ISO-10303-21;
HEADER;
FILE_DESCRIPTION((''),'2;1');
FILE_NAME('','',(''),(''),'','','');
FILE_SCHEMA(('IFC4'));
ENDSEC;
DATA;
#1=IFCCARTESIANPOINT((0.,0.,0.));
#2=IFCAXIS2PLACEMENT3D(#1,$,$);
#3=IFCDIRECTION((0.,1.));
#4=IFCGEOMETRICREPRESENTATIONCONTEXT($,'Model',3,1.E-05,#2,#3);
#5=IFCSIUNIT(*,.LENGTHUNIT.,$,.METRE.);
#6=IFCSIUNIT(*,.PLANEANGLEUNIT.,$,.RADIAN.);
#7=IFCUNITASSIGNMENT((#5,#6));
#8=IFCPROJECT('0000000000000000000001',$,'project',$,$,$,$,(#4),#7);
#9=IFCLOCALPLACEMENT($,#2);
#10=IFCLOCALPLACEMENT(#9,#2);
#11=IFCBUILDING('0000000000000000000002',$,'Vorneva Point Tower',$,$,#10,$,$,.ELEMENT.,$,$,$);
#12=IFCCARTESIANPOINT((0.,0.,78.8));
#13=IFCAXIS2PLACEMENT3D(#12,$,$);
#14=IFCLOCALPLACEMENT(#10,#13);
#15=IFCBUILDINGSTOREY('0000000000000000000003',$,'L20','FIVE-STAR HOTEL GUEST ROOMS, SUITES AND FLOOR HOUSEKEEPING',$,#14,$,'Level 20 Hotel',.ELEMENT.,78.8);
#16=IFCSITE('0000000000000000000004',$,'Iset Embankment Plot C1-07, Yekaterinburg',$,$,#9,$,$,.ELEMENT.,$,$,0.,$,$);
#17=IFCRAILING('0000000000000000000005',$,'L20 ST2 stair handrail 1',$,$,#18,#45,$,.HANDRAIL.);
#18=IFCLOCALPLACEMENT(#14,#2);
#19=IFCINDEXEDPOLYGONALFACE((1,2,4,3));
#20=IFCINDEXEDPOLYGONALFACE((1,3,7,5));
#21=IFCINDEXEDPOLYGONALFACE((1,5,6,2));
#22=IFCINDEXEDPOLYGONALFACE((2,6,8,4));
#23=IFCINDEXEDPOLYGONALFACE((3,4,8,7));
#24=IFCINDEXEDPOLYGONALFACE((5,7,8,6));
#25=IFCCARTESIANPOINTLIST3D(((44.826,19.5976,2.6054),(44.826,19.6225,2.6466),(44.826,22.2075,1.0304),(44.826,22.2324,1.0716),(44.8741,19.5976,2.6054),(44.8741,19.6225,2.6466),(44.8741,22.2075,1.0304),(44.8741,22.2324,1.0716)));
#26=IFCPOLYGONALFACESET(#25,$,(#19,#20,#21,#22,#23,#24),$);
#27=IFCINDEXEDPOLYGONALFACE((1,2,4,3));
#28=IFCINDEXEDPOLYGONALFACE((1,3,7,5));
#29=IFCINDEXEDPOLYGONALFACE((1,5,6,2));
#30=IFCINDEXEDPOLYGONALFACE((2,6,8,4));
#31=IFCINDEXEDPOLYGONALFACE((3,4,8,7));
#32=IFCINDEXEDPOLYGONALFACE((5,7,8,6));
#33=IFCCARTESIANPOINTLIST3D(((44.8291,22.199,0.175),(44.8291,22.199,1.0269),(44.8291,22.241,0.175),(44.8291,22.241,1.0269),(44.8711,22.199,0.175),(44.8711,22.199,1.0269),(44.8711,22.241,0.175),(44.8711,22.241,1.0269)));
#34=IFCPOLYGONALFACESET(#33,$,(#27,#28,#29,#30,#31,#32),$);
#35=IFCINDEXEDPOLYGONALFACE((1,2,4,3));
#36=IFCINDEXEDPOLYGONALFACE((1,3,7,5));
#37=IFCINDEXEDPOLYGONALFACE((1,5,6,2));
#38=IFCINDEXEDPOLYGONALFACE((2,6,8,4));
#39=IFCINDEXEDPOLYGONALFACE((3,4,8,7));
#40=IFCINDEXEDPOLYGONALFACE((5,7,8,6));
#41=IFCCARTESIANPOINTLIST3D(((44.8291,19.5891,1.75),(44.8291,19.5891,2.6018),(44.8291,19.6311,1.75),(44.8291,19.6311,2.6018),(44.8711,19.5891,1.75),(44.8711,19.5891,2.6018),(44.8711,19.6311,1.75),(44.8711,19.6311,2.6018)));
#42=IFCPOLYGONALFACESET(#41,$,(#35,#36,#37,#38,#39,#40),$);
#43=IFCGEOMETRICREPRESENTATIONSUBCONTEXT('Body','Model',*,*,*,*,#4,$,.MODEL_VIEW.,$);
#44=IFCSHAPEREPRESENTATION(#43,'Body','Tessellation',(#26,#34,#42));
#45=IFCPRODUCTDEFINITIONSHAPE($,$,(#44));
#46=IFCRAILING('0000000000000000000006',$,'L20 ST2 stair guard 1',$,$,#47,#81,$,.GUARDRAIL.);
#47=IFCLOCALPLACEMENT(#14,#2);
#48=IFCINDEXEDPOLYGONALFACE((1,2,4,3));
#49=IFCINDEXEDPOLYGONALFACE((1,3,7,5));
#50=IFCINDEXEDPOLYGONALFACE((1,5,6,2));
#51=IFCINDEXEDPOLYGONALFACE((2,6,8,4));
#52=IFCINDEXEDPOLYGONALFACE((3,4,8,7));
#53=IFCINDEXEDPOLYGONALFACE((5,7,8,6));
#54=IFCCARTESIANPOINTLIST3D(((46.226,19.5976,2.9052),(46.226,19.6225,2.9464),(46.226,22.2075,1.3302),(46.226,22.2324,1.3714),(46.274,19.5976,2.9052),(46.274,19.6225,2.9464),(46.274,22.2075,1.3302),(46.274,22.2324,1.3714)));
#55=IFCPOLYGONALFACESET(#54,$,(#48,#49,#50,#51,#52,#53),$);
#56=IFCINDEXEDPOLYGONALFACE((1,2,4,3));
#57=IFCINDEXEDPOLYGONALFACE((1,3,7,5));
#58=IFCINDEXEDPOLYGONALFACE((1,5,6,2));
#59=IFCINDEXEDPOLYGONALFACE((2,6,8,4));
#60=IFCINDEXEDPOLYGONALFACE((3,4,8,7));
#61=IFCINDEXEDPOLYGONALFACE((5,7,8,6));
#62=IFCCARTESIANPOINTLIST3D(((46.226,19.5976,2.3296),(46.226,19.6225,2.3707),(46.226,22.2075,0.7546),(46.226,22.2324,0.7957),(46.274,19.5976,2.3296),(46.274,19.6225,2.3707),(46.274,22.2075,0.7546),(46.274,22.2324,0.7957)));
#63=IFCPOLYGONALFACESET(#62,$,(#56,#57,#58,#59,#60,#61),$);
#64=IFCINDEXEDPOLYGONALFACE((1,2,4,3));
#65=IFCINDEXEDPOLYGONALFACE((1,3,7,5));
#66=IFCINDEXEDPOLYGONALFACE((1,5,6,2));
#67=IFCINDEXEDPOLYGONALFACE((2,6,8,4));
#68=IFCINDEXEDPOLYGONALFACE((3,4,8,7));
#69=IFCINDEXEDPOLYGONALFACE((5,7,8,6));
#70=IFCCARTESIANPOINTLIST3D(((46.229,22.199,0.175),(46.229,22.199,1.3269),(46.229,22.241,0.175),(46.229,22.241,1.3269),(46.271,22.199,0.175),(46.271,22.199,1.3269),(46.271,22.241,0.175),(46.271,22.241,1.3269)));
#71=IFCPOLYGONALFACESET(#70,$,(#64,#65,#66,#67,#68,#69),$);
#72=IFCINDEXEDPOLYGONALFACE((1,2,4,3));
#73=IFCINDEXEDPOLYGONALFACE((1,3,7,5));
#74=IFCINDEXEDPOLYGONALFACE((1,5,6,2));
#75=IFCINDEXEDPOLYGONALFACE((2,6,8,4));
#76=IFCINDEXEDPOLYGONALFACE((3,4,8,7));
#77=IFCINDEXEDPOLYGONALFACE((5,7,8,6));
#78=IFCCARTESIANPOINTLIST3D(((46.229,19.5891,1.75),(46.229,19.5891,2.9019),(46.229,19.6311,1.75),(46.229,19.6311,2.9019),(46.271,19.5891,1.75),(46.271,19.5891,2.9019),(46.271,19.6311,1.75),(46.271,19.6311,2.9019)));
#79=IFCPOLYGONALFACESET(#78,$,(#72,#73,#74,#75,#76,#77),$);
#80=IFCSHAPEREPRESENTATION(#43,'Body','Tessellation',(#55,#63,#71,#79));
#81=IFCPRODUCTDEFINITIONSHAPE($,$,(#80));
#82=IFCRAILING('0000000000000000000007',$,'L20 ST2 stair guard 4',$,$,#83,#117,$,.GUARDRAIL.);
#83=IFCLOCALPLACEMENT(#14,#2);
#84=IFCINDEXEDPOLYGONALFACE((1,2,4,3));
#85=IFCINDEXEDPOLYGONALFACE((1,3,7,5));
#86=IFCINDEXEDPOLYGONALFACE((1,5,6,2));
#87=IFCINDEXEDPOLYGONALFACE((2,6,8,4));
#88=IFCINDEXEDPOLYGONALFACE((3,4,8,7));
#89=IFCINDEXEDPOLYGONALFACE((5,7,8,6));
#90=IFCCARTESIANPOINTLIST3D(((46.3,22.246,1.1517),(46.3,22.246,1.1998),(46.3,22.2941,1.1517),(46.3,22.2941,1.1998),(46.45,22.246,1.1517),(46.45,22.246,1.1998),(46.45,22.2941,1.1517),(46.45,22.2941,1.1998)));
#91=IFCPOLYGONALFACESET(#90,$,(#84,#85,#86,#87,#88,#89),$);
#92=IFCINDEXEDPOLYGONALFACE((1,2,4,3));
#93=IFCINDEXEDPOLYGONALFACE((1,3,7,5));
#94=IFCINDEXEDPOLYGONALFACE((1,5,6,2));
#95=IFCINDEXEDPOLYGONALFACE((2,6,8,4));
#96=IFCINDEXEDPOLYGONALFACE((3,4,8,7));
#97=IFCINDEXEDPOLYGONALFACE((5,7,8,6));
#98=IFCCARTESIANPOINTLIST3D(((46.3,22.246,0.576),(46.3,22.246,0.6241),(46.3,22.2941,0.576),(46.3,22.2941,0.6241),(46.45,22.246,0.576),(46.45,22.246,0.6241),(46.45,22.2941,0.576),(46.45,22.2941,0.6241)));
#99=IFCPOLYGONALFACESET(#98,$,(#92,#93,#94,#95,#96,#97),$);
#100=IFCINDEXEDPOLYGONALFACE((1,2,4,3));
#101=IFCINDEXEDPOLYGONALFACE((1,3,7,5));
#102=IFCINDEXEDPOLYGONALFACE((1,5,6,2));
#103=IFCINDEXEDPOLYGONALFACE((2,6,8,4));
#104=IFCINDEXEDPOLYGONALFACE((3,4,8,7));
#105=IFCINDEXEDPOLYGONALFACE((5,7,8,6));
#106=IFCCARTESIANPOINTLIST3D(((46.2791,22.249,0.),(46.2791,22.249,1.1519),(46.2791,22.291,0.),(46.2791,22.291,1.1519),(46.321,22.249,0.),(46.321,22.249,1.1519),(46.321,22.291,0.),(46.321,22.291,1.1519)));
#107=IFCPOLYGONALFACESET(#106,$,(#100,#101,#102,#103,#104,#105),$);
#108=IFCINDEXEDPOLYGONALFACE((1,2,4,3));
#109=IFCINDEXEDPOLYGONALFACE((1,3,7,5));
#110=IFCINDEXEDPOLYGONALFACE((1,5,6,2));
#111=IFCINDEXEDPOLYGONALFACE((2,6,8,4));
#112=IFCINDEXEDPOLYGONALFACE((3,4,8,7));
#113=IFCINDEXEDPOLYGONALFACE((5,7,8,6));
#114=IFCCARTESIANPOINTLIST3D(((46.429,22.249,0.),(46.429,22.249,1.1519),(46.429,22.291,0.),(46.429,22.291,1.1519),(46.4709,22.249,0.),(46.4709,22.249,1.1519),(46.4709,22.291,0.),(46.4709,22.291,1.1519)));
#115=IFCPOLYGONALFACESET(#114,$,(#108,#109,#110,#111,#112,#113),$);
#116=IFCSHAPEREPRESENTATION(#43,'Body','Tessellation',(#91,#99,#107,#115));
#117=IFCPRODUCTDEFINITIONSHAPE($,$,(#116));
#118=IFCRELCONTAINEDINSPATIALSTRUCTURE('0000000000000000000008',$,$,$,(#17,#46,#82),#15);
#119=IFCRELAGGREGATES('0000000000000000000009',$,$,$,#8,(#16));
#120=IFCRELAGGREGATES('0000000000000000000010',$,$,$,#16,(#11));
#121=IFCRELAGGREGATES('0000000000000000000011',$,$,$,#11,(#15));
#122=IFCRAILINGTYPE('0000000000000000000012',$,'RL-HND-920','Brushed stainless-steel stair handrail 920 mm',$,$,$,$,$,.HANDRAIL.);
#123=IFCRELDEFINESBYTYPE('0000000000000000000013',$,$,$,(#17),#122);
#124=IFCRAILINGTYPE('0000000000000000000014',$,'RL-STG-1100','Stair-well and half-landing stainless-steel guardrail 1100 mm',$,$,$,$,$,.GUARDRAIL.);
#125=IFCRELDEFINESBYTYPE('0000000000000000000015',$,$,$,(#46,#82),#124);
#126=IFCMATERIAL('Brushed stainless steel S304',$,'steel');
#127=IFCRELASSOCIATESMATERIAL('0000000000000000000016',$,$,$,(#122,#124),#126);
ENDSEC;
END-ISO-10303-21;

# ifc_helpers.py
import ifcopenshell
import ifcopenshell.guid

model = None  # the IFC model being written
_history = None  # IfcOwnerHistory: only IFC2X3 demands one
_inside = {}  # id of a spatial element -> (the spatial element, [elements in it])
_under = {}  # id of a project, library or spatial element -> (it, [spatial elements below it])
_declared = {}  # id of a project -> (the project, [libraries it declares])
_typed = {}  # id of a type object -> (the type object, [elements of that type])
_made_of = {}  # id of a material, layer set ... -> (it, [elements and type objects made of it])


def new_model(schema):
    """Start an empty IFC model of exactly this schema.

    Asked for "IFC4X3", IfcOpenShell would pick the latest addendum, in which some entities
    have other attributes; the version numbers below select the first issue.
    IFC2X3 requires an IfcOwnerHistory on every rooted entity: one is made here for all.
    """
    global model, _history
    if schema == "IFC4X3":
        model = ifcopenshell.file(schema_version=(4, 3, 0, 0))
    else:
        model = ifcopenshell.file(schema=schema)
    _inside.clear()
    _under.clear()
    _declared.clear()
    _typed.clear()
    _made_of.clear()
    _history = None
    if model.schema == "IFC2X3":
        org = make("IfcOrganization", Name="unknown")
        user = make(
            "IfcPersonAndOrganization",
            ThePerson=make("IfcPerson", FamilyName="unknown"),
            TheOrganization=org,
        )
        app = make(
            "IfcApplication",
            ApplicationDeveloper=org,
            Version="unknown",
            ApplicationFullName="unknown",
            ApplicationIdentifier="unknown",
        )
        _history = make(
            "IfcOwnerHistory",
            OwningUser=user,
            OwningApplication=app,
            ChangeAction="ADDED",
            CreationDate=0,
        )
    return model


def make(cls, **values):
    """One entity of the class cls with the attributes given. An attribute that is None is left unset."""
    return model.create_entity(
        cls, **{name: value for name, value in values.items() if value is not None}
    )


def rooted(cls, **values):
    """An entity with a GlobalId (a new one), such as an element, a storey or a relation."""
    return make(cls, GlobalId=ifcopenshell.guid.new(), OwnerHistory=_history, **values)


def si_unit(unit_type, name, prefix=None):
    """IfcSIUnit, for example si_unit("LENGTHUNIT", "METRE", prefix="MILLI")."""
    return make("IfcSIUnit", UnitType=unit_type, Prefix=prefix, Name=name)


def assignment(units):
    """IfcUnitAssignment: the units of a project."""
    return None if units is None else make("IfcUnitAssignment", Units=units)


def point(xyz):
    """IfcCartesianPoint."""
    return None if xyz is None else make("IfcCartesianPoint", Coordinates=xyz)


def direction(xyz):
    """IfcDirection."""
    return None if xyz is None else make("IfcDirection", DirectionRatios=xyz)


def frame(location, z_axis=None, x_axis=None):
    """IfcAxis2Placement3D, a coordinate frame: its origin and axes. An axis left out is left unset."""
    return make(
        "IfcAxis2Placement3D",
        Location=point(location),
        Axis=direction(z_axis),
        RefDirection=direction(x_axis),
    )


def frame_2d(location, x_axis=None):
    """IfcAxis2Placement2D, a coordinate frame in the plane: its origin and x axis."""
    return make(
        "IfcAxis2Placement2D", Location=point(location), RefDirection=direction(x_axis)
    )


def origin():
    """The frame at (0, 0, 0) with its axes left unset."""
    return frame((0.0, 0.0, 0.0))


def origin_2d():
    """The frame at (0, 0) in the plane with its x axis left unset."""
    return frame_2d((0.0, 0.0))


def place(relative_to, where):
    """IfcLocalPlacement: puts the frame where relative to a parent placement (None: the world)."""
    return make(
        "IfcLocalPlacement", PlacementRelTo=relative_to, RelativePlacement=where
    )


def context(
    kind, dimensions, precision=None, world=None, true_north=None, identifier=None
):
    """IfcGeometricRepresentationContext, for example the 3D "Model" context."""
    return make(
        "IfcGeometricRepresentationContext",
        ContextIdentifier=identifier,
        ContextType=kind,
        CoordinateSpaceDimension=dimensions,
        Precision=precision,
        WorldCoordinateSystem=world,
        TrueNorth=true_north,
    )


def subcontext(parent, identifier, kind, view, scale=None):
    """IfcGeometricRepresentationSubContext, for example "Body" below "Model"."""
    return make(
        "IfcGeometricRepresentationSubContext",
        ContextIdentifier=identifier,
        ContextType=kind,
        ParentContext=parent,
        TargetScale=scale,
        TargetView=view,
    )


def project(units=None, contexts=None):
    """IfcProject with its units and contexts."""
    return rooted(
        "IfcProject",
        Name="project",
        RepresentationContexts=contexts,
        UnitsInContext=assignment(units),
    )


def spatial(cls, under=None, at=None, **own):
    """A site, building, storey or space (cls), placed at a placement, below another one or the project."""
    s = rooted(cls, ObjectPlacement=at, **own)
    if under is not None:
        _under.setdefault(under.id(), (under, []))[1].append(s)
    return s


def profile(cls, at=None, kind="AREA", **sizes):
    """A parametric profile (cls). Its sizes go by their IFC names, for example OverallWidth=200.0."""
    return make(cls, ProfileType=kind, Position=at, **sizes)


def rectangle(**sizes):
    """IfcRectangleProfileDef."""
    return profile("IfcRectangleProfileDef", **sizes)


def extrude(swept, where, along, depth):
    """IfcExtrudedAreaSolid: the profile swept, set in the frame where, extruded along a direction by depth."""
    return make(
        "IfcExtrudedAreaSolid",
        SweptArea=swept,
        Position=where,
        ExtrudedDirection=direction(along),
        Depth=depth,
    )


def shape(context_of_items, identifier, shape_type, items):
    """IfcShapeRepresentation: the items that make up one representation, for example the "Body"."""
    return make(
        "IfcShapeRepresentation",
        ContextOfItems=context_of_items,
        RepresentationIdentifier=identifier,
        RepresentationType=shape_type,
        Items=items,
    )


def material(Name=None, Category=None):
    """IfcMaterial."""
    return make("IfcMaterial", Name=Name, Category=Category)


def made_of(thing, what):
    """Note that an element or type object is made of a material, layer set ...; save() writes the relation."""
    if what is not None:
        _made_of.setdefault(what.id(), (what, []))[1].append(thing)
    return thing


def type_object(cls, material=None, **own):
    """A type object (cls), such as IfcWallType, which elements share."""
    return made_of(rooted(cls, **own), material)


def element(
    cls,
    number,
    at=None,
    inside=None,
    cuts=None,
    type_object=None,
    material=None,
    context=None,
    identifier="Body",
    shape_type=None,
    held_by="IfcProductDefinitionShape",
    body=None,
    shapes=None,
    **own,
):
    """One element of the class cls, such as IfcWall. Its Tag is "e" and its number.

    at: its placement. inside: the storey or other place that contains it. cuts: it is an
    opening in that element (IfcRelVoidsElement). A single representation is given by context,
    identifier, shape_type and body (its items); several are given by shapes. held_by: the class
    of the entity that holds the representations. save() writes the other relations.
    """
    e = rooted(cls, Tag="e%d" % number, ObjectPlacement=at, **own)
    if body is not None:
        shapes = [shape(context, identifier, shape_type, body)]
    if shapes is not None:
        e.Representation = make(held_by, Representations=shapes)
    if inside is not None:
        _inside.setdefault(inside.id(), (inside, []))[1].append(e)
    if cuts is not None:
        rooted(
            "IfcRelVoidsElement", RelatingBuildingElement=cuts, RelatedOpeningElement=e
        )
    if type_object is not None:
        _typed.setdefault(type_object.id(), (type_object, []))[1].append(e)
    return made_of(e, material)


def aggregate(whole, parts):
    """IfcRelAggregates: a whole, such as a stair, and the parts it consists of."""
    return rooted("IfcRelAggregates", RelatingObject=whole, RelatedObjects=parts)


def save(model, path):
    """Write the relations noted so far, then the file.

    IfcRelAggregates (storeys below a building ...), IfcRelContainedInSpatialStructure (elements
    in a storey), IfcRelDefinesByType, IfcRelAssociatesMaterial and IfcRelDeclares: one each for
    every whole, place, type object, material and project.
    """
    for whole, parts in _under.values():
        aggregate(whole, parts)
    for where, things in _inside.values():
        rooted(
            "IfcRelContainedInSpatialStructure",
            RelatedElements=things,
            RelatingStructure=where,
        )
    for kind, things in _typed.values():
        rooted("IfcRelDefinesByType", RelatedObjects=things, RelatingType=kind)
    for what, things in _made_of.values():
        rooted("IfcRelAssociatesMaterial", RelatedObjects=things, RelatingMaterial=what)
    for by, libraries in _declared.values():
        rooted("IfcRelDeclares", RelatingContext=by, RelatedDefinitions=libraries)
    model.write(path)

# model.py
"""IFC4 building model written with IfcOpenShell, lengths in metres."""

from ifc_helpers import new_model, si_unit, direction, frame, origin, origin_2d, place, context, subcontext, project, spatial, rectangle, extrude, material, type_object, element, save


model = new_model("IFC4")

# Units and contexts
model_context = context("Model", 3, precision=1e-05, world=origin(), true_north=direction((0.0, 1.0)))
body_context = subcontext(model_context, "Body", "Model", "MODEL_VIEW")
ifc_project = project(units=[si_unit("LENGTHUNIT", "METRE"), si_unit("PLANEANGLEUNIT", "RADIAN")], contexts=[model_context])

# Site, building, storey
site_placement = place(None, origin())
site = spatial("IfcSite", under=ifc_project, at=site_placement, Name="Iset Embankment Plot C1-07, Yekaterinburg", CompositionType="ELEMENT", RefElevation=0.0)
building_placement = place(site_placement, origin())
building = spatial("IfcBuilding", under=site, at=building_placement, Name="Vorneva Point Tower", CompositionType="ELEMENT")
storey_placement = place(building_placement, frame((0.0, 0.0, 78.8)))
storey = spatial("IfcBuildingStorey", under=building, at=storey_placement, Name="L20", Description="FIVE-STAR HOTEL GUEST ROOMS, SUITES AND FLOOR HOUSEKEEPING", LongName="Level 20 Hotel", CompositionType="ELEMENT", Elevation=78.8)

# Shared definitions
ifc_material_1 = material(Name="Brushed stainless steel S304", Category="steel")

# Railings
railing_type_1 = type_object("IfcRailingType", Name="RL-HND-920", Description="Brushed stainless-steel stair handrail 920 mm", PredefinedType="HANDRAIL", material=ifc_material_1)
railing_1_placement = place(storey_placement, frame((44.8501, 22.22, 0.175)))
element("IfcRailing", 1, at=railing_1_placement, inside=storey, type_object=railing_type_1, Name="L20 ST2 stair handrail 1", PredefinedType="HANDRAIL", context=body_context, shape_type="SweptSolid", body=[
    extrude(rectangle(XDim=0.0481, YDim=0.0481, at=origin_2d()), frame((0.0, 0.0, 0.876), z_axis=(0.0, -0.856183, 0.516673), x_axis=(1.0, 0.0, 0.0)), (0.0, 0.0, 1.0), 3.0483),
    extrude(rectangle(XDim=0.042, YDim=0.042, at=origin_2d()), origin(), (0.0, 0.0, 1.0), 0.8518),
    extrude(rectangle(XDim=0.042, YDim=0.042, at=origin_2d()), frame((0.0, -2.6099, 1.575)), (0.0, 0.0, 1.0), 0.8518),
])
railing_type_2 = type_object("IfcRailingType", Name="RL-STG-1100", Description="Stair-well and half-landing stainless-steel guardrail 1100 mm", PredefinedType="GUARDRAIL", material=ifc_material_1)
railing_2_placement = place(storey_placement, frame((46.25, 22.22, 0.175)))
element("IfcRailing", 2, at=railing_2_placement, inside=storey, type_object=railing_type_2, Name="L20 ST2 stair guard 1", PredefinedType="GUARDRAIL", context=body_context, shape_type="SweptSolid", body=[
    extrude(rectangle(XDim=0.0481, YDim=0.0481, at=origin_2d()), frame((0.0, 0.0, 1.1758), z_axis=(0.0, -0.856183, 0.516673), x_axis=(1.0, 0.0, 0.0)), (0.0, 0.0, 1.0), 3.0483),
    extrude(rectangle(XDim=0.0481, YDim=0.0481, at=origin_2d()), frame((0.0, 0.0, 0.6001), z_axis=(0.0, -0.856183, 0.516673), x_axis=(1.0, 0.0, 0.0)), (0.0, 0.0, 1.0), 3.0483),
    extrude(rectangle(XDim=0.042, YDim=0.042, at=origin_2d()), origin(), (0.0, 0.0, 1.0), 1.1519),
    extrude(rectangle(XDim=0.042, YDim=0.042, at=origin_2d()), frame((0.0, -2.6099, 1.575)), (0.0, 0.0, 1.0), 1.1519),
])
railing_3_placement = place(storey_placement, frame((46.3, 22.27, 0.0)))
element("IfcRailing", 3, at=railing_3_placement, inside=storey, type_object=railing_type_2, Name="L20 ST2 stair guard 4", PredefinedType="GUARDRAIL", context=body_context, shape_type="SweptSolid", body=[
    extrude(rectangle(XDim=0.0481, YDim=0.0481, at=origin_2d()), frame((0.0, 0.0, 1.1758), z_axis=(1.0, 0.0, 0.0), x_axis=(0.0, 1.0, 0.0)), (0.0, 0.0, 1.0), 0.1499),
    extrude(rectangle(XDim=0.0481, YDim=0.0481, at=origin_2d()), frame((0.0, 0.0, 0.6001), z_axis=(1.0, 0.0, 0.0), x_axis=(0.0, 1.0, 0.0)), (0.0, 0.0, 1.0), 0.1499),
    extrude(rectangle(XDim=0.042, YDim=0.042, at=origin_2d()), origin(), (0.0, 0.0, 1.0), 1.1519),
    extrude(rectangle(XDim=0.042, YDim=0.042, at=origin_2d()), frame((0.1499, 0.0, 0.0)), (0.0, 0.0, 1.0), 1.1519),
])

save(model, "model.ifc")
